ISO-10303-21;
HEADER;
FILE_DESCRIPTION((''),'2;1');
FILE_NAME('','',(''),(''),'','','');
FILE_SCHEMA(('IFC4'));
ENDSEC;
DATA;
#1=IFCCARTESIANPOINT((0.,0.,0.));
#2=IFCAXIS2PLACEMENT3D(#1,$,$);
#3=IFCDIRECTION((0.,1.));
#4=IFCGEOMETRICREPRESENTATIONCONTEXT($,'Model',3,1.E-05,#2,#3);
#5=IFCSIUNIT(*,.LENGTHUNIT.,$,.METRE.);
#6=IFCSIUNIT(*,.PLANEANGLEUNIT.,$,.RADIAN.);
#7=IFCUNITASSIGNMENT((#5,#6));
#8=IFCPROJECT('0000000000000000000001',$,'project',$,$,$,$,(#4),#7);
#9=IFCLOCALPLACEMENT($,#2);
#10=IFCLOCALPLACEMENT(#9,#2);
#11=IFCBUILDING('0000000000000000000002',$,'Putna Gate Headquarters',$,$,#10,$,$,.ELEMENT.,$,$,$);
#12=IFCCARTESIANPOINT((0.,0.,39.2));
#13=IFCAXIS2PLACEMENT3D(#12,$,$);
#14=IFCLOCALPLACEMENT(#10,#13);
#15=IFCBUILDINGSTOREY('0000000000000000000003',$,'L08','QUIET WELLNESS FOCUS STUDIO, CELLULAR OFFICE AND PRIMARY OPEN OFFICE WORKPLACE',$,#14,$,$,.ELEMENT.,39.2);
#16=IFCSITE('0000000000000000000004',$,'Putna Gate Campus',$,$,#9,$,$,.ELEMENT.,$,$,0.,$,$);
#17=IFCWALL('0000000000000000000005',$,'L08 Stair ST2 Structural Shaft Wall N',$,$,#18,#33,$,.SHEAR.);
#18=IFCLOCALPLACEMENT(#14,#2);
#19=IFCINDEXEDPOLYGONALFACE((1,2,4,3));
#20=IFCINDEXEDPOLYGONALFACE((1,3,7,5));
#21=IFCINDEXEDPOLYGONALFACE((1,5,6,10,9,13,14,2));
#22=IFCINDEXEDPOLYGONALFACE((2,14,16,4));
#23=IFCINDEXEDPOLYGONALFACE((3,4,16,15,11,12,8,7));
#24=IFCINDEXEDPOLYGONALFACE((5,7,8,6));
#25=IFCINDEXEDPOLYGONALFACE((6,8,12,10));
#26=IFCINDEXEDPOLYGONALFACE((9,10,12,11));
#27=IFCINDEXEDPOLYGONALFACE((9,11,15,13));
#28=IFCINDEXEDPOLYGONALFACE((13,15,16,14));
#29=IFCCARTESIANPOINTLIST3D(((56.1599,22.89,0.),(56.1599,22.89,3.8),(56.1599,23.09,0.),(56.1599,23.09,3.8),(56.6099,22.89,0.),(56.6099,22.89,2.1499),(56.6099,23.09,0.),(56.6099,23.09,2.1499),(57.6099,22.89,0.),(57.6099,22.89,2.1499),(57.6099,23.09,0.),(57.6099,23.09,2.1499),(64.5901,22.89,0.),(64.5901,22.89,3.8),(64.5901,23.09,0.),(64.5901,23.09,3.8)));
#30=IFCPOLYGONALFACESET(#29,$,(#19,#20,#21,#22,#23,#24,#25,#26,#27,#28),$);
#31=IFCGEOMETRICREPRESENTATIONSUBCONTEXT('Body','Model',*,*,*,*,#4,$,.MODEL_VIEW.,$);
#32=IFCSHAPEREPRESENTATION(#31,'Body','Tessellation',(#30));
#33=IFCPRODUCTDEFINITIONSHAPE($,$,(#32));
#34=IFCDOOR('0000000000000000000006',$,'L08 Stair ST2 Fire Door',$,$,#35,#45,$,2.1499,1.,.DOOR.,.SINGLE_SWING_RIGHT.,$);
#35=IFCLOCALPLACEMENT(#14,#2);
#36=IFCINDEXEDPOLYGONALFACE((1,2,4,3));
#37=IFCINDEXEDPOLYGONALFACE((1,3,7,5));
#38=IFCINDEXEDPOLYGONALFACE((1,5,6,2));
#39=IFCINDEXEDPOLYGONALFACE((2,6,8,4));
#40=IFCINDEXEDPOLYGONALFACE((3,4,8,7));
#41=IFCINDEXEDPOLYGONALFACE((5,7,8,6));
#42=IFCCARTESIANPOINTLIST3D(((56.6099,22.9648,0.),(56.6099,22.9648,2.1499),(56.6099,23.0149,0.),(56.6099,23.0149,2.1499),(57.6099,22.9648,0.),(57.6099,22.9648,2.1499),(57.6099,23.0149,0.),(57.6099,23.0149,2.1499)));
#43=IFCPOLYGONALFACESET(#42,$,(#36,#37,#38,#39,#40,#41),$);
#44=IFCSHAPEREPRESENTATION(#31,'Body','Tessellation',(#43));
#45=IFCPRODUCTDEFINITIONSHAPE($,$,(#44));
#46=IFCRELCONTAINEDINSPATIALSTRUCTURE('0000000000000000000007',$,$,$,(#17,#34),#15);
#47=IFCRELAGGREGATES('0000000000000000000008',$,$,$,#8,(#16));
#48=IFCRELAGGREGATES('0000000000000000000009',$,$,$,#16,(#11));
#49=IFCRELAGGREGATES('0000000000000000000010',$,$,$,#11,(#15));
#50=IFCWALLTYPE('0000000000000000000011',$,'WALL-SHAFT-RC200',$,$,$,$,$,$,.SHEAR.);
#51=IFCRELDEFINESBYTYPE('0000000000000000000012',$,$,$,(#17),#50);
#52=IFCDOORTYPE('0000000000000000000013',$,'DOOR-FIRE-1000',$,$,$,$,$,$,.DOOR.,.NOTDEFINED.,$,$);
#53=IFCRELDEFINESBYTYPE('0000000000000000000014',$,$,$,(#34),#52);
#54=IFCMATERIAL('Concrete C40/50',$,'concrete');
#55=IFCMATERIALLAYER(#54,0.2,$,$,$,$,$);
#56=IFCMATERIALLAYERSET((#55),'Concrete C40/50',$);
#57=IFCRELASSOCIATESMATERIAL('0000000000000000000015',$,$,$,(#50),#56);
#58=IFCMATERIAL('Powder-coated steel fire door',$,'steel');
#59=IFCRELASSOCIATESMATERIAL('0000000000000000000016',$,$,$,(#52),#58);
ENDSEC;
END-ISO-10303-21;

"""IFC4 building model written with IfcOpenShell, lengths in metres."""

from ifc_helpers import new_model, si_unit, direction, frame, frame_2d, origin, place, context, subcontext, project, spatial, rectangle, extrude, material, layer, layer_set, type_object, element, fill, save


model = new_model("IFC4")

# Units and contexts
model_context = context("Model", 3, precision=1e-05, world=origin(), true_north=direction((0.0, 1.0)))
body_context = subcontext(model_context, "Body", "Model", "MODEL_VIEW")
ifc_project = project(units=[si_unit("LENGTHUNIT", "METRE"), si_unit("PLANEANGLEUNIT", "RADIAN")], contexts=[model_context])

# Site, building, storey
site_placement = place(None, origin())
site = spatial("IfcSite", under=ifc_project, at=site_placement, Name="Putna Gate Campus", CompositionType="ELEMENT", RefElevation=0.0)
building_placement = place(site_placement, origin())
building = spatial("IfcBuilding", under=site, at=building_placement, Name="Putna Gate Headquarters", CompositionType="ELEMENT")
storey_placement = place(building_placement, frame((0.0, 0.0, 39.2)))
storey = spatial("IfcBuildingStorey", under=building, at=storey_placement, Name="L08", Description="QUIET WELLNESS FOCUS STUDIO, CELLULAR OFFICE AND PRIMARY OPEN OFFICE WORKPLACE", CompositionType="ELEMENT", Elevation=39.2)

# Shared definitions
ifc_material_1 = material(Name="Concrete C40/50", Category="concrete")

# Wall, opening, door
ifc_layer_1 = layer(ifc_material_1, 0.2)
ifc_layer_set_1 = layer_set([ifc_layer_1], Name="Concrete C40/50")
wall_type_1 = type_object("IfcWallType", Name="WALL-SHAFT-RC200", PredefinedType="SHEAR", material=ifc_layer_set_1)
wall_1_placement = place(storey_placement, frame((56.1599, 22.99, 0.0), z_axis=(0.0, 0.0, 1.0), x_axis=(1.0, 0.0, 0.0)))
wall_1 = element("IfcWall", 1, at=wall_1_placement, inside=storey, type_object=wall_type_1, Name="L08 Stair ST2 Structural Shaft Wall N", PredefinedType="SHEAR", context=body_context, shape_type="SweptSolid", body=[
    extrude(rectangle(XDim=8.4302, YDim=0.2, at=frame_2d((4.2151, 0.0))), origin(), (0.0, 0.0, 1.0), 3.8),
])
opening_1_placement = place(wall_1_placement, frame((0.45, 0.0, 0.0)))
opening_1 = element("IfcOpeningElement", 2, at=opening_1_placement, cuts=wall_1, PredefinedType="OPENING", context=body_context, shape_type="SweptSolid", body=[
    extrude(rectangle(XDim=1.0, YDim=2.1499, at=frame_2d((0.5, 1.075))), frame((0.0, 0.1099, 0.0), z_axis=(0.0, -1.0, 0.0), x_axis=(1.0, 0.0, 0.0)), (0.0, 0.0, 1.0), 0.22),
])
ifc_material_2 = material(Name="Powder-coated steel fire door", Category="steel")
door_type_1 = type_object("IfcDoorType", Name="DOOR-FIRE-1000", OperationType="NOTDEFINED", PredefinedType="DOOR", material=ifc_material_2)
door_1_placement = place(opening_1_placement, origin())
door_1 = element("IfcDoor", 3, at=door_1_placement, inside=storey, type_object=door_type_1, Name="L08 Stair ST2 Fire Door", OperationType="SINGLE_SWING_RIGHT", OverallHeight=2.1499, OverallWidth=1.0, PredefinedType="DOOR", context=body_context, shape_type="SweptSolid", body=[
    extrude(rectangle(XDim=1.0, YDim=2.1499, at=frame_2d((0.5, 1.075))), frame((0.0, 0.0249, 0.0), z_axis=(0.0, -1.0, 0.0), x_axis=(1.0, 0.0, 0.0)), (0.0, 0.0, 1.0), 0.05),
])
fill(opening_1, door_1)

save(model, "model.ifc")
